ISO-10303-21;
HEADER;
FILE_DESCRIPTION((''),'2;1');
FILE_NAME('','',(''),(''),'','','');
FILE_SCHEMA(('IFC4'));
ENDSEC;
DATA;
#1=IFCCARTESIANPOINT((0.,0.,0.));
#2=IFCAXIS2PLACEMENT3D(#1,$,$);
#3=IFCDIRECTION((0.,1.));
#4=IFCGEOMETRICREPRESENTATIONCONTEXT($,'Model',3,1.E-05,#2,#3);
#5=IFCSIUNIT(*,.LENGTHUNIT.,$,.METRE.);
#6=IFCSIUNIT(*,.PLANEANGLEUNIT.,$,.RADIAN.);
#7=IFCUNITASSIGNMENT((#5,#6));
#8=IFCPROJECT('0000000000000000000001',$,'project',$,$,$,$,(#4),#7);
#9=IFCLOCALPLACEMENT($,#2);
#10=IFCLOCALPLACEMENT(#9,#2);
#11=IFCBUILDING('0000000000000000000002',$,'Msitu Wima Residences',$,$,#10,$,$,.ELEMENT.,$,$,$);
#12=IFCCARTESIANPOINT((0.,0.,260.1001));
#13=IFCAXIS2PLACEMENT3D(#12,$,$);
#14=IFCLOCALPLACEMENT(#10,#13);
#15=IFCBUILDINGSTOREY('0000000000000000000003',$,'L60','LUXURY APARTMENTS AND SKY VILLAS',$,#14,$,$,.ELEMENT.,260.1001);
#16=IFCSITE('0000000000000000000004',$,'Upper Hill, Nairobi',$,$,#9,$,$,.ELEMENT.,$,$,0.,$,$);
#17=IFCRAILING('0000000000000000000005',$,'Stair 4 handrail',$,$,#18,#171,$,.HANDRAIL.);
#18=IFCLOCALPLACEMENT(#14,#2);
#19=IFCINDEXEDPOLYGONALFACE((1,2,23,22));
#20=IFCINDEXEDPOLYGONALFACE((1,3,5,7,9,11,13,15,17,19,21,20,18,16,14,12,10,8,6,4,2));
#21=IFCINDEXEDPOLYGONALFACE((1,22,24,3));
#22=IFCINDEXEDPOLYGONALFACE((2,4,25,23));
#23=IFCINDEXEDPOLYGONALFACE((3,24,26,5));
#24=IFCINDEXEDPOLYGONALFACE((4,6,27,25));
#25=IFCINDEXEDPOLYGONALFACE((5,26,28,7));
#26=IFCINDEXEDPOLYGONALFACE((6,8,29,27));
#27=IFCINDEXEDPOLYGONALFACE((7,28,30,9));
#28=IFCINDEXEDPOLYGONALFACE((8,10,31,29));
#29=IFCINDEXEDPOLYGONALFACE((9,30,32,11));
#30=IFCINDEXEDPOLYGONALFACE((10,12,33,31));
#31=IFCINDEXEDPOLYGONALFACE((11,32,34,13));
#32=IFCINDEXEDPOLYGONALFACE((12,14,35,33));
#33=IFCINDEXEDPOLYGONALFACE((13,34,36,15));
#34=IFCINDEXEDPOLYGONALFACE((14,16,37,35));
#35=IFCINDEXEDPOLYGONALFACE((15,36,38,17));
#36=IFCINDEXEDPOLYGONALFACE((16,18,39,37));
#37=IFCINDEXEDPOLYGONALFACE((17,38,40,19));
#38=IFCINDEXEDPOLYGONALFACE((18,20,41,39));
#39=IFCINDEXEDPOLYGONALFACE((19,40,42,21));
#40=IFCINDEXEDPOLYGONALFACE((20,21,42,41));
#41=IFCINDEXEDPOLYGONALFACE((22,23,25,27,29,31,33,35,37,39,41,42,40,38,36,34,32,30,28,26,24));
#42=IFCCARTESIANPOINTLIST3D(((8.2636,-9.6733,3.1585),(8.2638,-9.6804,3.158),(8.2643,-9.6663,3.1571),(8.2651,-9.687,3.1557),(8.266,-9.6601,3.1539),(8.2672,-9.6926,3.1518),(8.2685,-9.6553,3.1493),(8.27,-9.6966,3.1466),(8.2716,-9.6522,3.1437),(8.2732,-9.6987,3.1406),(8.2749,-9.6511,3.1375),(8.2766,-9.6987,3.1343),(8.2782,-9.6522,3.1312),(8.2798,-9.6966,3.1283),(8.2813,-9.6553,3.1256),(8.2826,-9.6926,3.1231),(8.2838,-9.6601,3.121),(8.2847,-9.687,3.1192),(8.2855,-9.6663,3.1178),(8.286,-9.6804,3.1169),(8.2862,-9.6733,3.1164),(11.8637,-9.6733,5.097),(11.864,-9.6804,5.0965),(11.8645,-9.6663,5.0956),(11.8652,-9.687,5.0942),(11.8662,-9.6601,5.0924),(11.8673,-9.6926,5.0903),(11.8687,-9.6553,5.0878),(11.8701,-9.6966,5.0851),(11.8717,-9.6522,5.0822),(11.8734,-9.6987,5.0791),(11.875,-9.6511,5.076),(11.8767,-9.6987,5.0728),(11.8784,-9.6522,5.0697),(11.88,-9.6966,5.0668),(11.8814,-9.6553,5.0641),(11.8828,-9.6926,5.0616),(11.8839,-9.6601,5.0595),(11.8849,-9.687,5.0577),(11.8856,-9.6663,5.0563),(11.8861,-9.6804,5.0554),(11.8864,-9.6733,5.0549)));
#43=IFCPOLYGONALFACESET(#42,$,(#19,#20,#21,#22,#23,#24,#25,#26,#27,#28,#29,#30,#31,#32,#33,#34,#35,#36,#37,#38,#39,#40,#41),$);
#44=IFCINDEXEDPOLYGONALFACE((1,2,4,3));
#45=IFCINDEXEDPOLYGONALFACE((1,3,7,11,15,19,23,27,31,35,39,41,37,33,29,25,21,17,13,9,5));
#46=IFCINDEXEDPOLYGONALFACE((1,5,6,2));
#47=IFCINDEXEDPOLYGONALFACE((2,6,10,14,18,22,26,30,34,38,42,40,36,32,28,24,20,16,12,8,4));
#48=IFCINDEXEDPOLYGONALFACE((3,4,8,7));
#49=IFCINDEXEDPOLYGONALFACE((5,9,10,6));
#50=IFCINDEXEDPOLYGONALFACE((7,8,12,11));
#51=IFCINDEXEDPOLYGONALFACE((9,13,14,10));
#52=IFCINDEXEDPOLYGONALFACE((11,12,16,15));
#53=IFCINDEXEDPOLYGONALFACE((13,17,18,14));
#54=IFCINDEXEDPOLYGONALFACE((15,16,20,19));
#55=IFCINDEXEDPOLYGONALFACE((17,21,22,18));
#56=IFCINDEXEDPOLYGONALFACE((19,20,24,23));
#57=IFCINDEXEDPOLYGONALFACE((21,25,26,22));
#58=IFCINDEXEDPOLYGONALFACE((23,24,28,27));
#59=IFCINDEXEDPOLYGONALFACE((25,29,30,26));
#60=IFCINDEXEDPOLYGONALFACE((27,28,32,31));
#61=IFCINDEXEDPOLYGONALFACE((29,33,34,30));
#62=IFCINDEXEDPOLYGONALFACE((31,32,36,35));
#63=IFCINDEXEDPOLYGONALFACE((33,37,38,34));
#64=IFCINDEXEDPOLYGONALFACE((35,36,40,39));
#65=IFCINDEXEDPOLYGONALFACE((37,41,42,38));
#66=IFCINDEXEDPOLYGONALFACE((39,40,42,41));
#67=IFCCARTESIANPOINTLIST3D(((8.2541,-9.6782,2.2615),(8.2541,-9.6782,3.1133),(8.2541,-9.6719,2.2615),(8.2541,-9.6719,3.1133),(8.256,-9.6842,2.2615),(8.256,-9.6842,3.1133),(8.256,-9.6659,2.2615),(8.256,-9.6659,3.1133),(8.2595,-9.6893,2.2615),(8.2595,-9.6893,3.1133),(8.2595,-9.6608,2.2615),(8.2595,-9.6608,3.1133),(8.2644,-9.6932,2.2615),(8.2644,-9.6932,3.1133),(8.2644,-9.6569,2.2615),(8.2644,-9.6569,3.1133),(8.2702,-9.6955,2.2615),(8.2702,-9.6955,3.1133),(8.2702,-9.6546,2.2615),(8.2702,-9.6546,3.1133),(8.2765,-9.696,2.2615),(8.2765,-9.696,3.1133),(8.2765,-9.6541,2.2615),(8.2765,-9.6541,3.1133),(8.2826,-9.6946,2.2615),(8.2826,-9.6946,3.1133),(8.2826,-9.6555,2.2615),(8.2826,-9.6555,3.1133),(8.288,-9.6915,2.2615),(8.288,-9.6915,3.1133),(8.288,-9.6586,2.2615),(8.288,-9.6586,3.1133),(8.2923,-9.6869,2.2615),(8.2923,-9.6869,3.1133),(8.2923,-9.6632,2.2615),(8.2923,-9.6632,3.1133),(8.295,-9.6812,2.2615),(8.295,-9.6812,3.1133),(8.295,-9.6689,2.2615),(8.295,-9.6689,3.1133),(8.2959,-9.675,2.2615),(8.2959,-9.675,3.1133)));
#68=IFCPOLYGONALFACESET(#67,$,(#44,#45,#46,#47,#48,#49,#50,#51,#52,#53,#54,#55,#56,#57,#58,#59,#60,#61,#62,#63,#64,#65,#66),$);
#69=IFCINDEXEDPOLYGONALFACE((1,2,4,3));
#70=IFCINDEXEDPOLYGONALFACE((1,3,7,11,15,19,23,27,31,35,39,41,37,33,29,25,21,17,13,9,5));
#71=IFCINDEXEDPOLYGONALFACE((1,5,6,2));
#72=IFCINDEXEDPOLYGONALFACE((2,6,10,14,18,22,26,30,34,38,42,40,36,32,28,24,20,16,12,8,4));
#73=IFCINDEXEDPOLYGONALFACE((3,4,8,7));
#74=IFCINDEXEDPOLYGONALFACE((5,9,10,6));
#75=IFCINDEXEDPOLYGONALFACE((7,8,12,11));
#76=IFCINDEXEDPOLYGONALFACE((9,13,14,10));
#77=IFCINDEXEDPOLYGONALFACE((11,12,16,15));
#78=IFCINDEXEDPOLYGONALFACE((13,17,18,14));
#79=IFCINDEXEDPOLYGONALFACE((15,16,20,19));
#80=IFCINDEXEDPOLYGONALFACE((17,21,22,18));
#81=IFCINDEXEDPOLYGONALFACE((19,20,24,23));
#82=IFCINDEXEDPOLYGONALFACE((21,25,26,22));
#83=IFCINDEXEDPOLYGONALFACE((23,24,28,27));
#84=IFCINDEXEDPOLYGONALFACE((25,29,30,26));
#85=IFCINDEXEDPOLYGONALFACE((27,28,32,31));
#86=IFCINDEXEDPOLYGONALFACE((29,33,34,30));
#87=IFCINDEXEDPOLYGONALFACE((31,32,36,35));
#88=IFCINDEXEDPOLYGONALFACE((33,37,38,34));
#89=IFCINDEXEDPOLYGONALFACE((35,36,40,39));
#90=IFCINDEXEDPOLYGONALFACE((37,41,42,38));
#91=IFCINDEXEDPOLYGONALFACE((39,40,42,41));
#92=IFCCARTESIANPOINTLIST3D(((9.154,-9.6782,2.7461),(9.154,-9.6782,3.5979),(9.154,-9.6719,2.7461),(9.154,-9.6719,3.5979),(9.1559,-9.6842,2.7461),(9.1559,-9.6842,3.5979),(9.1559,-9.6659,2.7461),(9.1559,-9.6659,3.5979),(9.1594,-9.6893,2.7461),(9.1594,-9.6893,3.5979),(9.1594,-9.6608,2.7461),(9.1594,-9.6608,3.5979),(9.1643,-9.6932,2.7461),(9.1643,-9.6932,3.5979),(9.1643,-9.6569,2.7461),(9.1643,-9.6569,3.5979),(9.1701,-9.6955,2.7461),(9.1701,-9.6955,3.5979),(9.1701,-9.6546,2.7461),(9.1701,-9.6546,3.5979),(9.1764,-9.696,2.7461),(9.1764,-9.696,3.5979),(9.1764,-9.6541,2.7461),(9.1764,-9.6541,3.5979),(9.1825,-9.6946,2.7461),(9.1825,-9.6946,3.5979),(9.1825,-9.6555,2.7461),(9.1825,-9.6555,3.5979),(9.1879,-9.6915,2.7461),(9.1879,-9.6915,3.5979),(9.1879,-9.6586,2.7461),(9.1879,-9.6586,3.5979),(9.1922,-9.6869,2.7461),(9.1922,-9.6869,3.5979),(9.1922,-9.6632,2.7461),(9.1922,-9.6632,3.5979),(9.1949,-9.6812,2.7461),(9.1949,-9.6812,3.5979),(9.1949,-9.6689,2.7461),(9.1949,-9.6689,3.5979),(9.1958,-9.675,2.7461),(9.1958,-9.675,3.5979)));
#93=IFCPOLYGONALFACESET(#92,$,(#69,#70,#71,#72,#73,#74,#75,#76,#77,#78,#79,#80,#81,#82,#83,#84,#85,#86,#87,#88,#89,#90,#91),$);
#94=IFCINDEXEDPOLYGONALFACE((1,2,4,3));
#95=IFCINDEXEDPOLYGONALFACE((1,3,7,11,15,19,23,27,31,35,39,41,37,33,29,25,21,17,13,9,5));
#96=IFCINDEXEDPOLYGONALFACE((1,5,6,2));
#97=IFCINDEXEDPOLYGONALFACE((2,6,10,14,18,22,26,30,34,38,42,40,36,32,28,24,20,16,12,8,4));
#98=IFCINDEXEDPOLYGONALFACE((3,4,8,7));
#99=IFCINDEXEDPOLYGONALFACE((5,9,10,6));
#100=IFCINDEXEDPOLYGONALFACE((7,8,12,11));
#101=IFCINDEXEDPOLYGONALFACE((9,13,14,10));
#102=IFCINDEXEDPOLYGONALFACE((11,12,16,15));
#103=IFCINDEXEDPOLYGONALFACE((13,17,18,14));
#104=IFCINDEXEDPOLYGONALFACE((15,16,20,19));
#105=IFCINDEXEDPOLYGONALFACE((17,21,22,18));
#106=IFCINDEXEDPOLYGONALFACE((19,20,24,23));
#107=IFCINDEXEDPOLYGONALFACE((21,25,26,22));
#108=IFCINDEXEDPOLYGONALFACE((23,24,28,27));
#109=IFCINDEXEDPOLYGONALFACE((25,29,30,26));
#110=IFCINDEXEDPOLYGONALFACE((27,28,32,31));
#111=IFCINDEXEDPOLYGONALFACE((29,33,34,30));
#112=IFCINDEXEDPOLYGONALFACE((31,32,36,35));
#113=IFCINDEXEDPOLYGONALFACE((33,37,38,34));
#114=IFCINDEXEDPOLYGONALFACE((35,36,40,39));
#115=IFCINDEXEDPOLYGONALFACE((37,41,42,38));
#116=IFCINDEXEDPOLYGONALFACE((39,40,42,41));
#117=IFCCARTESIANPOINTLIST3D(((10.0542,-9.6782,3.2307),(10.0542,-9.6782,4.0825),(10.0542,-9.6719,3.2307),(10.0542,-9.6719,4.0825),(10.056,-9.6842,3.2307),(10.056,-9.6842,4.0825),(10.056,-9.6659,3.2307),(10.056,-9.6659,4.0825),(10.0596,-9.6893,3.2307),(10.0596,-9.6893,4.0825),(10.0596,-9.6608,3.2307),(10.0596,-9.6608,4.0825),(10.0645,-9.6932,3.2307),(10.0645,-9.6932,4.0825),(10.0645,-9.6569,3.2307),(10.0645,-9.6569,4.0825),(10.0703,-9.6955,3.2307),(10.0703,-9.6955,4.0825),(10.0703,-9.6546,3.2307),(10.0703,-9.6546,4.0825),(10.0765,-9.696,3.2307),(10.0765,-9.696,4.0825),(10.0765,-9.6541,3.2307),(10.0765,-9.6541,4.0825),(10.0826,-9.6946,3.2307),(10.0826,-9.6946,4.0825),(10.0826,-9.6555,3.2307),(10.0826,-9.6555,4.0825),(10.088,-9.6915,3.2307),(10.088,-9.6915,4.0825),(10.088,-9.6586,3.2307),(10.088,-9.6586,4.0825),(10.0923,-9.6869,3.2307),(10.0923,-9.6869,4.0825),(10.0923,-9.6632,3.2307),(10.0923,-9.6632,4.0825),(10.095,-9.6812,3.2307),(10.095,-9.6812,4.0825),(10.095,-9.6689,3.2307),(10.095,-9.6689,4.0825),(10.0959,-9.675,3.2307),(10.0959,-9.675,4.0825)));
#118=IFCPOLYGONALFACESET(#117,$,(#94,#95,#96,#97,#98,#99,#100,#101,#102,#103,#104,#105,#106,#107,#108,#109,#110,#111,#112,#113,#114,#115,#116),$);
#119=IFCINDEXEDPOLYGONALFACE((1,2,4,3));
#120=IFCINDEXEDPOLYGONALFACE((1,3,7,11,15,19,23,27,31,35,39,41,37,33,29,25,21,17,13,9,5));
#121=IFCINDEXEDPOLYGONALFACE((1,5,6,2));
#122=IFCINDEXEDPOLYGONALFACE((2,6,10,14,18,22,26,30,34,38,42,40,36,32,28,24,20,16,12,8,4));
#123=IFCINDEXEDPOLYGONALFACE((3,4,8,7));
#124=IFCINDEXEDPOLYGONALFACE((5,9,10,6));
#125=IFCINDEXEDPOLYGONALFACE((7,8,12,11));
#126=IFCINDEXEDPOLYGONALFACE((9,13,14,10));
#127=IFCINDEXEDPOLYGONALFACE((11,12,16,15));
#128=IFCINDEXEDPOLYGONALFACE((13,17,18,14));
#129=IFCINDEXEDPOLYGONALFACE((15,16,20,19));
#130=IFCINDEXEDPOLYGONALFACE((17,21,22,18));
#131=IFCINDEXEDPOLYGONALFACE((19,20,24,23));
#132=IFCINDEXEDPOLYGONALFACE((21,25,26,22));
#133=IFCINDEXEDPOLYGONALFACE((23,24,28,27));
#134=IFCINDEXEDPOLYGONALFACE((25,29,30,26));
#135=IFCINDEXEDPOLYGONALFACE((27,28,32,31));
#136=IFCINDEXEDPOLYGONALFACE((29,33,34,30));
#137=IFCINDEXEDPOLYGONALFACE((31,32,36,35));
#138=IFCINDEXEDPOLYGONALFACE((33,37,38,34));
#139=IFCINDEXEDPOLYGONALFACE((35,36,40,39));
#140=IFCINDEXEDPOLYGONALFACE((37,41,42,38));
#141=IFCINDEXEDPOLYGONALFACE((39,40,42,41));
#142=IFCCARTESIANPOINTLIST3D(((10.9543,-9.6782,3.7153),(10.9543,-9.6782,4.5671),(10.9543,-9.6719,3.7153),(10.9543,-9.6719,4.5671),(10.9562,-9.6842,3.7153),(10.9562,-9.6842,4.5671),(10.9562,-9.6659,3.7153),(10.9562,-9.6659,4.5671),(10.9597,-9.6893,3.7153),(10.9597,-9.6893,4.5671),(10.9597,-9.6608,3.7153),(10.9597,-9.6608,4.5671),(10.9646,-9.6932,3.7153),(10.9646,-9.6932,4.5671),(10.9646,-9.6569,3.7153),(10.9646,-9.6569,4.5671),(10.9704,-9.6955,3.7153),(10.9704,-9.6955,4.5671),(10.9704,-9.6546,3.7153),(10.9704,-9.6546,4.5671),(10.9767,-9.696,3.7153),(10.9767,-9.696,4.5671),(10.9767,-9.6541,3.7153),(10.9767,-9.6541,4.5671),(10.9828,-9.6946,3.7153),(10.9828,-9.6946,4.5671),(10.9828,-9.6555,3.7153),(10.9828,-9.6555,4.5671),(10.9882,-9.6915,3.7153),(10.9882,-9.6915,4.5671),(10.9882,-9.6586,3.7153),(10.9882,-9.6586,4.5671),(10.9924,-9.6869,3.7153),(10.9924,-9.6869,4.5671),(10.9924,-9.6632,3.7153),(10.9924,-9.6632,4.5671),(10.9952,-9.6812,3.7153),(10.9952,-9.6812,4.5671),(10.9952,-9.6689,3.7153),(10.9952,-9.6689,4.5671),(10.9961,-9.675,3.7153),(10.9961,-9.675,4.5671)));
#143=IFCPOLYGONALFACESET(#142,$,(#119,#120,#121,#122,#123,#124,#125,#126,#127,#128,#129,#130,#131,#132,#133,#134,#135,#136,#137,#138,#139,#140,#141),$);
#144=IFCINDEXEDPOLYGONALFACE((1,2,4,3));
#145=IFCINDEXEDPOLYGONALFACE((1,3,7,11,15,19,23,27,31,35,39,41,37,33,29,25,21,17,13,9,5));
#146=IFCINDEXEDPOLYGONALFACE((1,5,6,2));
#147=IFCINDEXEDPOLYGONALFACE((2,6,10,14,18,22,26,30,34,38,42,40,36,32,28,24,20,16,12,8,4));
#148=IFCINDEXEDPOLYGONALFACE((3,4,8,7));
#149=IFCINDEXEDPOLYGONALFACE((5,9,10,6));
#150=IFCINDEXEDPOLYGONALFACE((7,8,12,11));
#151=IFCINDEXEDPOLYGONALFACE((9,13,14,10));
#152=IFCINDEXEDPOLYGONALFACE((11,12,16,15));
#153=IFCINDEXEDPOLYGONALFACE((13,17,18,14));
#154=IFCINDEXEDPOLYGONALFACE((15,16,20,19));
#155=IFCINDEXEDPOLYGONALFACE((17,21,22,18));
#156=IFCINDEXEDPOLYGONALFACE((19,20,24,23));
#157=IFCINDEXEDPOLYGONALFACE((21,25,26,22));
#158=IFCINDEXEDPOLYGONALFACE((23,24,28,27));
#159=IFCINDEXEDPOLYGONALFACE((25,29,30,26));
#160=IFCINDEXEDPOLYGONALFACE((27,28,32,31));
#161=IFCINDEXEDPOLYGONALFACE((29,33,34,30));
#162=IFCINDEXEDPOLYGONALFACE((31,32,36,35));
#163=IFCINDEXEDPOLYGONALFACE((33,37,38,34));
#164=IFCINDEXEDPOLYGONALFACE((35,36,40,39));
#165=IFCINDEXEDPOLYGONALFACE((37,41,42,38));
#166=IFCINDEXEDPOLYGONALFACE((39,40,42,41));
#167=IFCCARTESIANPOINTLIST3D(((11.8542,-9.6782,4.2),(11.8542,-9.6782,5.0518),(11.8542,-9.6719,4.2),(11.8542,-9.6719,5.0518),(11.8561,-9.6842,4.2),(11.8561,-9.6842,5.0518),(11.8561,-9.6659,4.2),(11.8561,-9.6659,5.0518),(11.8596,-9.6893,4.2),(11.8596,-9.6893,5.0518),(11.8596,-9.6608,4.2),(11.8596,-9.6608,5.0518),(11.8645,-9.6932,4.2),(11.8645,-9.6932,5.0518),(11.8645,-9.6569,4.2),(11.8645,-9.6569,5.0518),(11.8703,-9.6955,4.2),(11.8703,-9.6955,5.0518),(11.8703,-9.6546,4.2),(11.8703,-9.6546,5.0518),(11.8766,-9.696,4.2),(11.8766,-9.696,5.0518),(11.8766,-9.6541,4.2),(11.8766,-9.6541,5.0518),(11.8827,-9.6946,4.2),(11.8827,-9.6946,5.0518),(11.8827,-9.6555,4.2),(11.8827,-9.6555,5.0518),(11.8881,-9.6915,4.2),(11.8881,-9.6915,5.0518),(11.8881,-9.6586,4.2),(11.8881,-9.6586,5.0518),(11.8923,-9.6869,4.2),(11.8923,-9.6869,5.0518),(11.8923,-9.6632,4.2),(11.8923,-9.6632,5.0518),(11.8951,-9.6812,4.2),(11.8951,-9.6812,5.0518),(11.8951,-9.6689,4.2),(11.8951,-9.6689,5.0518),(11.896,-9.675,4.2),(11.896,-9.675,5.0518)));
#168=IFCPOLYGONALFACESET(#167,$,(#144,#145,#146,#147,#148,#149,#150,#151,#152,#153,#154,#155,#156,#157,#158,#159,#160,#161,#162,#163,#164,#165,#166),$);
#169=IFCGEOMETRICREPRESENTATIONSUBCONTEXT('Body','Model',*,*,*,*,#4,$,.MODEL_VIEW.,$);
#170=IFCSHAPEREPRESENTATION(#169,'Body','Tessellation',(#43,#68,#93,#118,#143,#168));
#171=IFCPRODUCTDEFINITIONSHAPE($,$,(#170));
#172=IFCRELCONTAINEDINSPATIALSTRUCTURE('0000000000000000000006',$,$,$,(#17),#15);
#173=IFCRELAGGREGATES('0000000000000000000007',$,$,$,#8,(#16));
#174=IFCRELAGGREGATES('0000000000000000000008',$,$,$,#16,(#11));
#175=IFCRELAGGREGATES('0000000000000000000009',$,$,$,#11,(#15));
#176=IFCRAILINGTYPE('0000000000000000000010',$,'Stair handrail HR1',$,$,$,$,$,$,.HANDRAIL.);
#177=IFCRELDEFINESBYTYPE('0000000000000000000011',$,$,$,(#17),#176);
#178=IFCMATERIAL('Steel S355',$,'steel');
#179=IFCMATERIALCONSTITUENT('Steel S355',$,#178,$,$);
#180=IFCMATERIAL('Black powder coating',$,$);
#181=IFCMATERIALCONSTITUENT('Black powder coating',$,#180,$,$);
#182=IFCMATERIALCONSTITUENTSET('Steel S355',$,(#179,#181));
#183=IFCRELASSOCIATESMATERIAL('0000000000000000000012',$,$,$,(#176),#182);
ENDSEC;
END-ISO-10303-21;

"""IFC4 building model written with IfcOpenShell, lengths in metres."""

from ifc_helpers import new_model, si_unit, direction, frame, origin, origin_2d, place, context, subcontext, project, spatial, circle, extrude, material, constituent, constituent_set, type_object, element, save


model = new_model("IFC4")

# Units and contexts
model_context = context("Model", 3, precision=1e-05, world=origin(), true_north=direction((0.0, 1.0)))
body_context = subcontext(model_context, "Body", "Model", "MODEL_VIEW")
ifc_project = project(units=[si_unit("LENGTHUNIT", "METRE"), si_unit("PLANEANGLEUNIT", "RADIAN")], contexts=[model_context])

# Site, building, storey
site_placement = place(None, origin())
site = spatial("IfcSite", under=ifc_project, at=site_placement, Name="Upper Hill, Nairobi", CompositionType="ELEMENT", RefElevation=0.0)
building_placement = place(site_placement, origin())
building = spatial("IfcBuilding", under=site, at=building_placement, Name="Msitu Wima Residences", CompositionType="ELEMENT")
storey_placement = place(building_placement, frame((0.0, 0.0, 260.1001)))
storey = spatial("IfcBuildingStorey", under=building, at=storey_placement, Name="L60", Description="LUXURY APARTMENTS AND SKY VILLAS", CompositionType="ELEMENT", Elevation=260.1001)

# Railing
ifc_material_1 = material(Name="Steel S355", Category="steel")
ifc_constituent_1 = constituent(ifc_material_1, Name="Steel S355")
ifc_material_2 = material(Name="Black powder coating")
ifc_constituent_2 = constituent(ifc_material_2, Name="Black powder coating")
ifc_constituent_set = constituent_set(constituents=[ifc_constituent_1, ifc_constituent_2], Name="Steel S355")
railing_type = type_object("IfcRailingType", Name="Stair handrail HR1", PredefinedType="HANDRAIL", material=ifc_constituent_set)
for number, where, name in (
    (1, (8.2749, -9.675, 2.2615), "Stair 4 handrail"),
):
    element("IfcRailing", number, at=place(storey_placement, frame(where)), inside=storey, type_object=railing_type, Name=name, PredefinedType="HANDRAIL", context=body_context, shape_type="SweptSolid", body=[
        extrude(circle(Radius=0.0239, at=origin_2d()), frame((0.0, 0.0, 0.876), z_axis=(0.880475, 0.0, 0.474093), x_axis=(0.0, 1.0, 0.0)), (0.0, 0.0, 1.0), 4.0889),
        extrude(circle(Radius=0.021, at=origin_2d()), origin(), (0.0, 0.0, 1.0), 0.8518),
        extrude(circle(Radius=0.021, at=origin_2d()), frame((0.8999, 0.0, 0.4846)), (0.0, 0.0, 1.0), 0.8518),
        extrude(circle(Radius=0.021, at=origin_2d()), frame((1.8, 0.0, 0.9692)), (0.0, 0.0, 1.0), 0.8518),
        extrude(circle(Radius=0.021, at=origin_2d()), frame((2.7002, 0.0, 1.4539)), (0.0, 0.0, 1.0), 0.8518),
        extrude(circle(Radius=0.021, at=origin_2d()), frame((3.6001, 0.0, 1.9385)), (0.0, 0.0, 1.0), 0.8518),
    ])

save(model, "model.ifc")
